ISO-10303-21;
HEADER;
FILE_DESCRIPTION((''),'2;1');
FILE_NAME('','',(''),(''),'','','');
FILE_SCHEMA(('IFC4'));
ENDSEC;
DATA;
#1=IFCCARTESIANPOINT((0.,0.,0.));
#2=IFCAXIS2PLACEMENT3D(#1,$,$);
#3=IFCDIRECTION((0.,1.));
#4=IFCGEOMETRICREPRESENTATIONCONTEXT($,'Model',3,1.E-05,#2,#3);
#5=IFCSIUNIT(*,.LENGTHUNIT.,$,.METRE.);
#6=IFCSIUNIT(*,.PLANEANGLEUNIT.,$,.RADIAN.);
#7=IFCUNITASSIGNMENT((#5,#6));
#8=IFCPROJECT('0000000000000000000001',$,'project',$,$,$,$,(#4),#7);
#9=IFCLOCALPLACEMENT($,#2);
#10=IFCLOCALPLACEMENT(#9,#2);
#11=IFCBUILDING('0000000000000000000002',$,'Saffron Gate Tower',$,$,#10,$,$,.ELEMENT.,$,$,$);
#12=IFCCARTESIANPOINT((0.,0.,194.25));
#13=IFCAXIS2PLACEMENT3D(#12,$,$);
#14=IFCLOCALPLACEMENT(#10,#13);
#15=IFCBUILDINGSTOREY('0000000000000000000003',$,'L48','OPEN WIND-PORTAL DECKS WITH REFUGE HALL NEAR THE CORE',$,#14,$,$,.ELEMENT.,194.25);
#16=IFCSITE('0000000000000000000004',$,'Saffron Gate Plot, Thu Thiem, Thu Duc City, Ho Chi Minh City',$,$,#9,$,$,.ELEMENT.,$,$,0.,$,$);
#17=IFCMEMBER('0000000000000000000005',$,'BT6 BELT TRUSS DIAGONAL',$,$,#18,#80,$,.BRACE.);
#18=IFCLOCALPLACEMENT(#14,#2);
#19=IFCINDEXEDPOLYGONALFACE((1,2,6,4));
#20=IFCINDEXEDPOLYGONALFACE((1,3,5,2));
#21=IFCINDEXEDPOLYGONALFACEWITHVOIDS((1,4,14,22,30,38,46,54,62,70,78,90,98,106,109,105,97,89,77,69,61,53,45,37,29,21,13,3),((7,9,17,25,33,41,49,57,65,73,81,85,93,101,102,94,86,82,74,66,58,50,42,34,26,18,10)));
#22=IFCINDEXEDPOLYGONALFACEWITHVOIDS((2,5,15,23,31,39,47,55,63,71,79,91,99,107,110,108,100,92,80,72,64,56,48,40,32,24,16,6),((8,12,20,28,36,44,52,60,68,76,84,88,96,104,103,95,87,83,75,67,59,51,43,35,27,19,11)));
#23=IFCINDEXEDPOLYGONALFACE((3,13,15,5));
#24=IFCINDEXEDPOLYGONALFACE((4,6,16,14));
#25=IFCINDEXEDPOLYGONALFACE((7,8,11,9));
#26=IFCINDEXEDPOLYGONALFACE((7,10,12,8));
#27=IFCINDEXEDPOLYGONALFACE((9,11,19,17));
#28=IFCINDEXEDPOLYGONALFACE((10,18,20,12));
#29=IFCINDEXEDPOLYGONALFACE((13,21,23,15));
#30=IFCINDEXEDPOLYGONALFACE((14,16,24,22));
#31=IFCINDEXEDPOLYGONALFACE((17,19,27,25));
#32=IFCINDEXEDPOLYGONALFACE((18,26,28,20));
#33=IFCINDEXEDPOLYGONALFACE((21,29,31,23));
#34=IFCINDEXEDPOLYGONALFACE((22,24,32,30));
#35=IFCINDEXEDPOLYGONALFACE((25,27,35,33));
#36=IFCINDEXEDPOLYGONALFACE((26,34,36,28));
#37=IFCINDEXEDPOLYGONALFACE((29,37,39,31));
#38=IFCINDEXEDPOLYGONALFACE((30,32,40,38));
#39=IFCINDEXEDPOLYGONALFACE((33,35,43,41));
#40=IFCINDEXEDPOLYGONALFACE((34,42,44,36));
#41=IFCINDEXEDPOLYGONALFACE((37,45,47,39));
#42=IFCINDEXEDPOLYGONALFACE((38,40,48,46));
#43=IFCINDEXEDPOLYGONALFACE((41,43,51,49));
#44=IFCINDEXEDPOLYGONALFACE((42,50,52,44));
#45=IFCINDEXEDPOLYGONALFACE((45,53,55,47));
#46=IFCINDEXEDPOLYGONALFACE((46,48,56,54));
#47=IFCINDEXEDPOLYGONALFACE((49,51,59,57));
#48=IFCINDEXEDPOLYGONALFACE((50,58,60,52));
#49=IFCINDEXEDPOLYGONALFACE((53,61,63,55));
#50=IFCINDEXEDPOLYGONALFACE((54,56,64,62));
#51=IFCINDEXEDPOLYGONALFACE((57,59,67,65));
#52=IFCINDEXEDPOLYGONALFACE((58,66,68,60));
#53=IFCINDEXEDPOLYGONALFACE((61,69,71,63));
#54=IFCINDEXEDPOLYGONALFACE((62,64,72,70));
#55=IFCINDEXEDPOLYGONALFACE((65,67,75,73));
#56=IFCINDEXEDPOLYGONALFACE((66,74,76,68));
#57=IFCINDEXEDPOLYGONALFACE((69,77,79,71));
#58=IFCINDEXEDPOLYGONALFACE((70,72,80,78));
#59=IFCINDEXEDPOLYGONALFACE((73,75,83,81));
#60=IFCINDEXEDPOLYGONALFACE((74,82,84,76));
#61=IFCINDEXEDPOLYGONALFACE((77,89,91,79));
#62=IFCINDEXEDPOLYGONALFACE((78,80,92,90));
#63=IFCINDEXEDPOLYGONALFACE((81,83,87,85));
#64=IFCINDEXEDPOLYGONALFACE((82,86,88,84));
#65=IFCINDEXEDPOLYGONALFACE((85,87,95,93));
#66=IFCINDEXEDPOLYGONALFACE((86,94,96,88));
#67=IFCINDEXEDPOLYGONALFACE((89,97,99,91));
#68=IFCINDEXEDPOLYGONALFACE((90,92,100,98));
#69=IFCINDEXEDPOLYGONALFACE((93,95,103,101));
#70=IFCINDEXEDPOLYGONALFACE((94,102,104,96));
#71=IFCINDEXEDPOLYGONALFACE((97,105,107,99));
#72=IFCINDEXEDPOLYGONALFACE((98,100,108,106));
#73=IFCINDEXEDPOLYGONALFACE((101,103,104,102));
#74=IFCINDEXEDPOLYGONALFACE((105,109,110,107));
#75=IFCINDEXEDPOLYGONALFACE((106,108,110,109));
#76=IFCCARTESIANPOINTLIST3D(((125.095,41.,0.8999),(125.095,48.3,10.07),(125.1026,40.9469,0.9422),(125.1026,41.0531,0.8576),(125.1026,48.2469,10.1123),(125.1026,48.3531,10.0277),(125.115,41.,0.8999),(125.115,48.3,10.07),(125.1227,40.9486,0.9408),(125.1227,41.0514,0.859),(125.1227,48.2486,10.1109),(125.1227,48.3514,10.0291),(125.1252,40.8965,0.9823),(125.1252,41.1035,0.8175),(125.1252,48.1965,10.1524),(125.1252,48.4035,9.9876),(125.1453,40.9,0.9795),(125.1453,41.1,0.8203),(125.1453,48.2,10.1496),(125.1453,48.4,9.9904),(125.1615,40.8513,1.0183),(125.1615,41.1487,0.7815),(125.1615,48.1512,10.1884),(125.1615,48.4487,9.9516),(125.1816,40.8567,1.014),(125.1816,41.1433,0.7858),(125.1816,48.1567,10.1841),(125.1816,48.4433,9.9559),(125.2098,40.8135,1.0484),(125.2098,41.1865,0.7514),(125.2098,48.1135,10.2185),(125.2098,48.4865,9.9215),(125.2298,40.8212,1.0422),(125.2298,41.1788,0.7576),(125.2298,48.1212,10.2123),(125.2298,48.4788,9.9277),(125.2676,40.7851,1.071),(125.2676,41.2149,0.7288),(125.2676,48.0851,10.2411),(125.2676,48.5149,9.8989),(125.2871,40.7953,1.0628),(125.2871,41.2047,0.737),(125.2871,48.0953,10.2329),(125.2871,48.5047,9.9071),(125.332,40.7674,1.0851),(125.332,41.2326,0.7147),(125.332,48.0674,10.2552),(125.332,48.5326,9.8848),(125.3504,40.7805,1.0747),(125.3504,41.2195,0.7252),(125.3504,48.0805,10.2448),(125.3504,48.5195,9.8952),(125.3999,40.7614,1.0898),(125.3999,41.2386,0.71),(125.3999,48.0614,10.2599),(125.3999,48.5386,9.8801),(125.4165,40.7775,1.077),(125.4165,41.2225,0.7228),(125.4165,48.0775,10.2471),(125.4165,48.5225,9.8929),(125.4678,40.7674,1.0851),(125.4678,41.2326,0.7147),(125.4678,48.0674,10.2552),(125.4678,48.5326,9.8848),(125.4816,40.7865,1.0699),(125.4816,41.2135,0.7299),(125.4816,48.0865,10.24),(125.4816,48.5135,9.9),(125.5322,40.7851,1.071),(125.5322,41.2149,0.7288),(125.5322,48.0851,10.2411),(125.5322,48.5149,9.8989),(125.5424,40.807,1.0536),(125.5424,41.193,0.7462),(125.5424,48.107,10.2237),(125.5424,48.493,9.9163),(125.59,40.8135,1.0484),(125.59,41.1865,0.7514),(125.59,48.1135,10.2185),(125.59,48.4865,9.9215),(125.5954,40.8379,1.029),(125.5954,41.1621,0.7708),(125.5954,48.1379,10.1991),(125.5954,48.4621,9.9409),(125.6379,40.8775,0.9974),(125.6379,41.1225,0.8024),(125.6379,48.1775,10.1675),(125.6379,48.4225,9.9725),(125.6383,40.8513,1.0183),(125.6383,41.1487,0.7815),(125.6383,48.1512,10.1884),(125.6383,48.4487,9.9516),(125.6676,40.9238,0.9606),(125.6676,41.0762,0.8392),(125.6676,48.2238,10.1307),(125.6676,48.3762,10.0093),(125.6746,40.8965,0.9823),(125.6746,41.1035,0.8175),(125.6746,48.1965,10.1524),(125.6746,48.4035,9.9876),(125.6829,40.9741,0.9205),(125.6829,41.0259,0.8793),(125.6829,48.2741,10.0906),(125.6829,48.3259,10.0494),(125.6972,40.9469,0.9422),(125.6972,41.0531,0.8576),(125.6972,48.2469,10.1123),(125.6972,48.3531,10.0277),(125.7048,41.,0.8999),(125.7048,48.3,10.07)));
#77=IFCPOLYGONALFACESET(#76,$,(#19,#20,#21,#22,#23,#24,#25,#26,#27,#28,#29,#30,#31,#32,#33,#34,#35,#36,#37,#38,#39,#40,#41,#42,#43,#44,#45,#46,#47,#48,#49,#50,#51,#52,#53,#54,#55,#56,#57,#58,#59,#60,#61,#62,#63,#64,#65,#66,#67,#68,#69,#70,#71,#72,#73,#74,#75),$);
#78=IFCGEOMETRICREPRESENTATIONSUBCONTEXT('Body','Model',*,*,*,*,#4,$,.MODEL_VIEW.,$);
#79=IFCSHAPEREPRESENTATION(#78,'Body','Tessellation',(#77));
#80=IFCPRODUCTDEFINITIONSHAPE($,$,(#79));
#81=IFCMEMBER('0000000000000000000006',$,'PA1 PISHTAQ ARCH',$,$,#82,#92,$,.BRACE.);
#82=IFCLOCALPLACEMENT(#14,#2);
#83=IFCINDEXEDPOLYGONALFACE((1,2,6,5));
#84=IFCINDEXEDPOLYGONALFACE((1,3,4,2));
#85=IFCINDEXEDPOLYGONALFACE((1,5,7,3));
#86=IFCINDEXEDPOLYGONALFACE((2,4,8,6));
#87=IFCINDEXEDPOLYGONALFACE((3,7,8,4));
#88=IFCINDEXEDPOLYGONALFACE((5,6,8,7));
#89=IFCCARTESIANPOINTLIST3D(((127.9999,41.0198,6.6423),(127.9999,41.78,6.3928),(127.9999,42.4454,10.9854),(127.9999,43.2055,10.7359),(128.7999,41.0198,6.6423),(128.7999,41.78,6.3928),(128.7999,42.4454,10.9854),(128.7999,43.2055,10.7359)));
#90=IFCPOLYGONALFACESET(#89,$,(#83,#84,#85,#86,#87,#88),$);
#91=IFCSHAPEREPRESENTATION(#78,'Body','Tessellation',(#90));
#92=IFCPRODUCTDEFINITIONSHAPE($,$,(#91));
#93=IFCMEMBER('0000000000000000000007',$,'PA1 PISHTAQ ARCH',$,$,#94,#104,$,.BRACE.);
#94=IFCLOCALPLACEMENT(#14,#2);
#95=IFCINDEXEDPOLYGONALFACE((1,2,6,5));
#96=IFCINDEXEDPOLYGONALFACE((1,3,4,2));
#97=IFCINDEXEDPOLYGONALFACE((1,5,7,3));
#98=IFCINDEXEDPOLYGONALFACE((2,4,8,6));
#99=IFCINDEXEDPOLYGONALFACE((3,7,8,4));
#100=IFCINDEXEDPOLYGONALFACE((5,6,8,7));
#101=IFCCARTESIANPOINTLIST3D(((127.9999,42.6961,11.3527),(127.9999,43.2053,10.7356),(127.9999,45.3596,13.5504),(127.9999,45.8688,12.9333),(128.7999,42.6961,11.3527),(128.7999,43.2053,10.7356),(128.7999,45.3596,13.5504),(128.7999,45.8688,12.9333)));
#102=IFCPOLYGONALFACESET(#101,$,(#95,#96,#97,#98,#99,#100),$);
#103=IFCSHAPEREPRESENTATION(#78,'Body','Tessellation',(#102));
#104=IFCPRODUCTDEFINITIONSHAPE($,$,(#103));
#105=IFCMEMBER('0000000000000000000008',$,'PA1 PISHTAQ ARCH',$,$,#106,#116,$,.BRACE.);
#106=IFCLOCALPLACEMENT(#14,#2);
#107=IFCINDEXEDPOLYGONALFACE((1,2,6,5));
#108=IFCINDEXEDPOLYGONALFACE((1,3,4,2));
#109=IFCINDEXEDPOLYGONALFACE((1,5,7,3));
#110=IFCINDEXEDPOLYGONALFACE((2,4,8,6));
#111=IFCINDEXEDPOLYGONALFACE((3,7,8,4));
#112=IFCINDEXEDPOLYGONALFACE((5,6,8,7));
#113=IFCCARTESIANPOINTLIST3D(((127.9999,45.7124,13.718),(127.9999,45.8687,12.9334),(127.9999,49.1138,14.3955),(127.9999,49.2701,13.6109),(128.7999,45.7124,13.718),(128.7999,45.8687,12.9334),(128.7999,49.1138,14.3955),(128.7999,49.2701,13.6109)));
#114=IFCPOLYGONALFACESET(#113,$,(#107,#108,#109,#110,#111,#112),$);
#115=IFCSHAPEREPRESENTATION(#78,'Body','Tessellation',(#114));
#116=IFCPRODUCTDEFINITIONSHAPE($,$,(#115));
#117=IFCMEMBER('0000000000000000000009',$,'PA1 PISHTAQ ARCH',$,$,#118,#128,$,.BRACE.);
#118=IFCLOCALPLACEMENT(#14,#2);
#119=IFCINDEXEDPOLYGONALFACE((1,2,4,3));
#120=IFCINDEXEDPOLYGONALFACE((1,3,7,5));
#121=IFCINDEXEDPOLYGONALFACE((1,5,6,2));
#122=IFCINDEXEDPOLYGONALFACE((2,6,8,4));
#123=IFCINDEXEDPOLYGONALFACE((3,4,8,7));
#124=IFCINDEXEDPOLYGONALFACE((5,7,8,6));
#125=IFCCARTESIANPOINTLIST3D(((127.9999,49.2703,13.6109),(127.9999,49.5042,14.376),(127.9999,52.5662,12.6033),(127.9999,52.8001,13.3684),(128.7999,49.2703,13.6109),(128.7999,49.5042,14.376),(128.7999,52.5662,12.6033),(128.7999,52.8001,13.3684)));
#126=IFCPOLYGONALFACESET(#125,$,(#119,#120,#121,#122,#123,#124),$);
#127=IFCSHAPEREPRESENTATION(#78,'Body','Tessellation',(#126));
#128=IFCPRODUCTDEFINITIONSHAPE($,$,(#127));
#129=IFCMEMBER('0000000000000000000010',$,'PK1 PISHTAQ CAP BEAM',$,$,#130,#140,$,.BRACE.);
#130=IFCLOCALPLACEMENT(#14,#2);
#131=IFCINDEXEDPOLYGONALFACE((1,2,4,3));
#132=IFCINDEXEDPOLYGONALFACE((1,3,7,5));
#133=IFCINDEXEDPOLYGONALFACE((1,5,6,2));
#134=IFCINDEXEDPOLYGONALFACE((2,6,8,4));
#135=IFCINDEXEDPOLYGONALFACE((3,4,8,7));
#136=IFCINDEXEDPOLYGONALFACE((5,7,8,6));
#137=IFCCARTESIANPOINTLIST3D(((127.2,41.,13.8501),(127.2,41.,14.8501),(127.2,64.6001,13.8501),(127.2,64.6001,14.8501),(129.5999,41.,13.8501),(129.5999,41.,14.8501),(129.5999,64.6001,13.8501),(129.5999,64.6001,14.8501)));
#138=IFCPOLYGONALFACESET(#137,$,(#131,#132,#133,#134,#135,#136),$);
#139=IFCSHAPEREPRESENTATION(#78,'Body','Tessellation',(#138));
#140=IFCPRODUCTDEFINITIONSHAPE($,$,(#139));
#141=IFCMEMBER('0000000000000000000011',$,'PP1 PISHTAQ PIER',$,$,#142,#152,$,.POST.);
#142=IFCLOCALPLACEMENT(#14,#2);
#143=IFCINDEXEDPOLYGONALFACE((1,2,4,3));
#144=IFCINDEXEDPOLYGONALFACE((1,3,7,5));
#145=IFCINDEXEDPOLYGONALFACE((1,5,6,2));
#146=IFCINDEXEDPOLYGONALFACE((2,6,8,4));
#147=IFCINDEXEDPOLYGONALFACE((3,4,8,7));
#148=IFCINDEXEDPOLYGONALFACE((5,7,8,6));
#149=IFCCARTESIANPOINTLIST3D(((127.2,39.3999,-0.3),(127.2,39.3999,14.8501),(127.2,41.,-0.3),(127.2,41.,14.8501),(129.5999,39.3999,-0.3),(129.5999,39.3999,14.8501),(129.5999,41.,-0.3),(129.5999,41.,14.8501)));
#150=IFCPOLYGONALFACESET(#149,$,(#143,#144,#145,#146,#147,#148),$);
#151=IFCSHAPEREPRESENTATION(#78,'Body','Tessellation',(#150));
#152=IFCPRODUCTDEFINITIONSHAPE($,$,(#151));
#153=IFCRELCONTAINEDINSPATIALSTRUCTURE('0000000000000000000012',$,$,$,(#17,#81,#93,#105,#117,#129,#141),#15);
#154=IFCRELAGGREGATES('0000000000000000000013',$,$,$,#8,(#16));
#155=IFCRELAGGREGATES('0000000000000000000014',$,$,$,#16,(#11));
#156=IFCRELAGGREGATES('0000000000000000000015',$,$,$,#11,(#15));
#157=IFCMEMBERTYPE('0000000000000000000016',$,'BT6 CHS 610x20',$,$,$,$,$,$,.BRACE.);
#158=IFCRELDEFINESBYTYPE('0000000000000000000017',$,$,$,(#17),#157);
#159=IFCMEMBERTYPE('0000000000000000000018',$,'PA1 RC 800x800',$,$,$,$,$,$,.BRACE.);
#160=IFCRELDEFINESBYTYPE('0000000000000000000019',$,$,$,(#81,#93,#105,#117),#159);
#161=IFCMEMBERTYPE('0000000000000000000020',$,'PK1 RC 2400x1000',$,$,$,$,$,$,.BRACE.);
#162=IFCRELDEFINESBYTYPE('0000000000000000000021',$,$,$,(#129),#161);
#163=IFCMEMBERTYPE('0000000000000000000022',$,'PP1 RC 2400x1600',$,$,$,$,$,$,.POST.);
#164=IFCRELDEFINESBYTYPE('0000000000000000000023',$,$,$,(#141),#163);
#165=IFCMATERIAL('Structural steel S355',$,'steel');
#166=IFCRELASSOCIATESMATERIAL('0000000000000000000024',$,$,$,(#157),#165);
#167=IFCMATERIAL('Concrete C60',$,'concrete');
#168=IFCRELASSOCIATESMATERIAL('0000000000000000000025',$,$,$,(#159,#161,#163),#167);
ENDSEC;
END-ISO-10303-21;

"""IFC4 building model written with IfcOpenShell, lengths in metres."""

from ifc_helpers import new_model, si_unit, direction, frame, origin, origin_2d, place, context, subcontext, project, spatial, rectangle, hollow_circle, extrude, material, material_profile, profile_set, type_object, element, save


model = new_model("IFC4")

# Units and contexts
model_context = context("Model", 3, precision=1e-05, world=origin(), true_north=direction((0.0, 1.0)))
body_context = subcontext(model_context, "Body", "Model", "MODEL_VIEW")
ifc_project = project(units=[si_unit("LENGTHUNIT", "METRE"), si_unit("PLANEANGLEUNIT", "RADIAN")], contexts=[model_context])

# Site, building, storey
site_placement = place(None, origin())
site = spatial("IfcSite", under=ifc_project, at=site_placement, Name="Saffron Gate Plot, Thu Thiem, Thu Duc City, Ho Chi Minh City", CompositionType="ELEMENT", RefElevation=0.0)
building_placement = place(site_placement, origin())
building = spatial("IfcBuilding", under=site, at=building_placement, Name="Saffron Gate Tower", CompositionType="ELEMENT")
storey_placement = place(building_placement, frame((0.0, 0.0, 194.25)))
storey = spatial("IfcBuildingStorey", under=building, at=storey_placement, Name="L48", Description="OPEN WIND-PORTAL DECKS WITH REFUGE HALL NEAR THE CORE", CompositionType="ELEMENT", Elevation=194.25)

# Shared definitions
ifc_material_1 = material(Name="Structural steel S355", Category="steel")

# Members
ifc_material_profile_1 = material_profile(ifc_material_1, hollow_circle(Radius=0.3049, WallThickness=0.02, at=origin_2d()))
ifc_profile_set_1 = profile_set([ifc_material_profile_1], Name="Structural steel S355")
member_type_1 = type_object("IfcMemberType", Name="BT6 CHS 610x20", PredefinedType="BRACE", material=ifc_profile_set_1)
member_1_placement = place(storey_placement, frame((125.3999, 41.0, 0.8999), z_axis=(0.0, 0.622816, 0.782368), x_axis=(-1.0, 0.0, 0.0)))
element("IfcMember", 1, at=member_1_placement, inside=storey, type_object=member_type_1, Name="BT6 BELT TRUSS DIAGONAL", PredefinedType="BRACE", context=body_context, shape_type="SweptSolid", body=[
    extrude(hollow_circle(Radius=0.3049, WallThickness=0.02, at=origin_2d()), origin(), (0.0, 0.0, 1.0), 11.7209),
])
ifc_material_2 = material(Name="Concrete C60", Category="concrete")
ifc_material_profile_2 = material_profile(ifc_material_2, rectangle(XDim=0.8, YDim=0.8, at=origin_2d()))
ifc_profile_set_2 = profile_set([ifc_material_profile_2], Name="Concrete C60")
member_type_2 = type_object("IfcMemberType", Name="PA1 RC 800x800", PredefinedType="BRACE", material=ifc_profile_set_2)
member_2_placement = place(storey_placement, frame((128.3999, 41.3999, 6.5176), z_axis=(0.0, 0.311866, 0.950126), x_axis=(-1.0, 0.0, 0.0)))
element("IfcMember", 2, at=member_2_placement, inside=storey, type_object=member_type_2, Name="PA1 PISHTAQ ARCH", PredefinedType="BRACE", context=body_context, shape_type="SweptSolid", body=[
    extrude(rectangle(XDim=0.8, YDim=0.8, at=origin_2d()), origin(), (0.0, 0.0, 1.0), 4.571),
])
member_3_placement = place(storey_placement, frame((128.3999, 42.9507, 11.0442), z_axis=(0.0, 0.77133, 0.636436), x_axis=(-1.0, 0.0, 0.0)))
element("IfcMember", 3, at=member_3_placement, inside=storey, type_object=member_type_2, Name="PA1 PISHTAQ ARCH", PredefinedType="BRACE", context=body_context, shape_type="SweptSolid", body=[
    extrude(rectangle(XDim=0.8, YDim=0.8, at=origin_2d()), origin(), (0.0, 0.0, 1.0), 3.4531),
])
member_4_placement = place(storey_placement, frame((128.3999, 45.7905, 13.3257), z_axis=(0.0, 0.980735, 0.195344), x_axis=(-1.0, 0.0, 0.0)))
element("IfcMember", 4, at=member_4_placement, inside=storey, type_object=member_type_2, Name="PA1 PISHTAQ ARCH", PredefinedType="BRACE", context=body_context, shape_type="SweptSolid", body=[
    extrude(rectangle(XDim=0.8, YDim=0.8, at=origin_2d()), origin(), (0.0, 0.0, 1.0), 3.4683),
])
member_5_placement = place(storey_placement, frame((128.3999, 49.3872, 13.9934), z_axis=(0.0, 0.956312, -0.292348), x_axis=(-1.0, 0.0, 0.0)))
element("IfcMember", 5, at=member_5_placement, inside=storey, type_object=member_type_2, Name="PA1 PISHTAQ ARCH", PredefinedType="BRACE", context=body_context, shape_type="SweptSolid", body=[
    extrude(rectangle(XDim=0.8, YDim=0.8, at=origin_2d()), origin(), (0.0, 0.0, 1.0), 3.4465),
])
ifc_material_profile_3 = material_profile(ifc_material_2, rectangle(XDim=2.3999, YDim=1.0, at=origin_2d()))
ifc_profile_set_3 = profile_set([ifc_material_profile_3], Name="Concrete C60")
member_type_3 = type_object("IfcMemberType", Name="PK1 RC 2400x1000", PredefinedType="BRACE", material=ifc_profile_set_3)
member_6_placement = place(storey_placement, frame((128.3999, 41.0, 14.3501), z_axis=(0.0, 1.0, 0.0), x_axis=(-1.0, 0.0, 0.0)))
element("IfcMember", 6, at=member_6_placement, inside=storey, type_object=member_type_3, Name="PK1 PISHTAQ CAP BEAM", PredefinedType="BRACE", context=body_context, shape_type="SweptSolid", body=[
    extrude(rectangle(XDim=2.3999, YDim=1.0, at=origin_2d()), origin(), (0.0, 0.0, 1.0), 23.6001),
])
ifc_material_profile_4 = material_profile(ifc_material_2, rectangle(XDim=2.3999, YDim=1.6001, at=origin_2d()))
ifc_profile_set_4 = profile_set([ifc_material_profile_4], Name="Concrete C60")
member_type_4 = type_object("IfcMemberType", Name="PP1 RC 2400x1600", PredefinedType="POST", material=ifc_profile_set_4)
member_7_placement = place(storey_placement, frame((128.3999, 40.2, -0.3), z_axis=(0.0, 0.0, 1.0), x_axis=(1.0, 0.0, 0.0)))
element("IfcMember", 7, at=member_7_placement, inside=storey, type_object=member_type_4, Name="PP1 PISHTAQ PIER", PredefinedType="POST", context=body_context, shape_type="SweptSolid", body=[
    extrude(rectangle(XDim=2.3999, YDim=1.6001, at=origin_2d()), origin(), (0.0, 0.0, 1.0), 15.1501),
])

save(model, "model.ifc")
